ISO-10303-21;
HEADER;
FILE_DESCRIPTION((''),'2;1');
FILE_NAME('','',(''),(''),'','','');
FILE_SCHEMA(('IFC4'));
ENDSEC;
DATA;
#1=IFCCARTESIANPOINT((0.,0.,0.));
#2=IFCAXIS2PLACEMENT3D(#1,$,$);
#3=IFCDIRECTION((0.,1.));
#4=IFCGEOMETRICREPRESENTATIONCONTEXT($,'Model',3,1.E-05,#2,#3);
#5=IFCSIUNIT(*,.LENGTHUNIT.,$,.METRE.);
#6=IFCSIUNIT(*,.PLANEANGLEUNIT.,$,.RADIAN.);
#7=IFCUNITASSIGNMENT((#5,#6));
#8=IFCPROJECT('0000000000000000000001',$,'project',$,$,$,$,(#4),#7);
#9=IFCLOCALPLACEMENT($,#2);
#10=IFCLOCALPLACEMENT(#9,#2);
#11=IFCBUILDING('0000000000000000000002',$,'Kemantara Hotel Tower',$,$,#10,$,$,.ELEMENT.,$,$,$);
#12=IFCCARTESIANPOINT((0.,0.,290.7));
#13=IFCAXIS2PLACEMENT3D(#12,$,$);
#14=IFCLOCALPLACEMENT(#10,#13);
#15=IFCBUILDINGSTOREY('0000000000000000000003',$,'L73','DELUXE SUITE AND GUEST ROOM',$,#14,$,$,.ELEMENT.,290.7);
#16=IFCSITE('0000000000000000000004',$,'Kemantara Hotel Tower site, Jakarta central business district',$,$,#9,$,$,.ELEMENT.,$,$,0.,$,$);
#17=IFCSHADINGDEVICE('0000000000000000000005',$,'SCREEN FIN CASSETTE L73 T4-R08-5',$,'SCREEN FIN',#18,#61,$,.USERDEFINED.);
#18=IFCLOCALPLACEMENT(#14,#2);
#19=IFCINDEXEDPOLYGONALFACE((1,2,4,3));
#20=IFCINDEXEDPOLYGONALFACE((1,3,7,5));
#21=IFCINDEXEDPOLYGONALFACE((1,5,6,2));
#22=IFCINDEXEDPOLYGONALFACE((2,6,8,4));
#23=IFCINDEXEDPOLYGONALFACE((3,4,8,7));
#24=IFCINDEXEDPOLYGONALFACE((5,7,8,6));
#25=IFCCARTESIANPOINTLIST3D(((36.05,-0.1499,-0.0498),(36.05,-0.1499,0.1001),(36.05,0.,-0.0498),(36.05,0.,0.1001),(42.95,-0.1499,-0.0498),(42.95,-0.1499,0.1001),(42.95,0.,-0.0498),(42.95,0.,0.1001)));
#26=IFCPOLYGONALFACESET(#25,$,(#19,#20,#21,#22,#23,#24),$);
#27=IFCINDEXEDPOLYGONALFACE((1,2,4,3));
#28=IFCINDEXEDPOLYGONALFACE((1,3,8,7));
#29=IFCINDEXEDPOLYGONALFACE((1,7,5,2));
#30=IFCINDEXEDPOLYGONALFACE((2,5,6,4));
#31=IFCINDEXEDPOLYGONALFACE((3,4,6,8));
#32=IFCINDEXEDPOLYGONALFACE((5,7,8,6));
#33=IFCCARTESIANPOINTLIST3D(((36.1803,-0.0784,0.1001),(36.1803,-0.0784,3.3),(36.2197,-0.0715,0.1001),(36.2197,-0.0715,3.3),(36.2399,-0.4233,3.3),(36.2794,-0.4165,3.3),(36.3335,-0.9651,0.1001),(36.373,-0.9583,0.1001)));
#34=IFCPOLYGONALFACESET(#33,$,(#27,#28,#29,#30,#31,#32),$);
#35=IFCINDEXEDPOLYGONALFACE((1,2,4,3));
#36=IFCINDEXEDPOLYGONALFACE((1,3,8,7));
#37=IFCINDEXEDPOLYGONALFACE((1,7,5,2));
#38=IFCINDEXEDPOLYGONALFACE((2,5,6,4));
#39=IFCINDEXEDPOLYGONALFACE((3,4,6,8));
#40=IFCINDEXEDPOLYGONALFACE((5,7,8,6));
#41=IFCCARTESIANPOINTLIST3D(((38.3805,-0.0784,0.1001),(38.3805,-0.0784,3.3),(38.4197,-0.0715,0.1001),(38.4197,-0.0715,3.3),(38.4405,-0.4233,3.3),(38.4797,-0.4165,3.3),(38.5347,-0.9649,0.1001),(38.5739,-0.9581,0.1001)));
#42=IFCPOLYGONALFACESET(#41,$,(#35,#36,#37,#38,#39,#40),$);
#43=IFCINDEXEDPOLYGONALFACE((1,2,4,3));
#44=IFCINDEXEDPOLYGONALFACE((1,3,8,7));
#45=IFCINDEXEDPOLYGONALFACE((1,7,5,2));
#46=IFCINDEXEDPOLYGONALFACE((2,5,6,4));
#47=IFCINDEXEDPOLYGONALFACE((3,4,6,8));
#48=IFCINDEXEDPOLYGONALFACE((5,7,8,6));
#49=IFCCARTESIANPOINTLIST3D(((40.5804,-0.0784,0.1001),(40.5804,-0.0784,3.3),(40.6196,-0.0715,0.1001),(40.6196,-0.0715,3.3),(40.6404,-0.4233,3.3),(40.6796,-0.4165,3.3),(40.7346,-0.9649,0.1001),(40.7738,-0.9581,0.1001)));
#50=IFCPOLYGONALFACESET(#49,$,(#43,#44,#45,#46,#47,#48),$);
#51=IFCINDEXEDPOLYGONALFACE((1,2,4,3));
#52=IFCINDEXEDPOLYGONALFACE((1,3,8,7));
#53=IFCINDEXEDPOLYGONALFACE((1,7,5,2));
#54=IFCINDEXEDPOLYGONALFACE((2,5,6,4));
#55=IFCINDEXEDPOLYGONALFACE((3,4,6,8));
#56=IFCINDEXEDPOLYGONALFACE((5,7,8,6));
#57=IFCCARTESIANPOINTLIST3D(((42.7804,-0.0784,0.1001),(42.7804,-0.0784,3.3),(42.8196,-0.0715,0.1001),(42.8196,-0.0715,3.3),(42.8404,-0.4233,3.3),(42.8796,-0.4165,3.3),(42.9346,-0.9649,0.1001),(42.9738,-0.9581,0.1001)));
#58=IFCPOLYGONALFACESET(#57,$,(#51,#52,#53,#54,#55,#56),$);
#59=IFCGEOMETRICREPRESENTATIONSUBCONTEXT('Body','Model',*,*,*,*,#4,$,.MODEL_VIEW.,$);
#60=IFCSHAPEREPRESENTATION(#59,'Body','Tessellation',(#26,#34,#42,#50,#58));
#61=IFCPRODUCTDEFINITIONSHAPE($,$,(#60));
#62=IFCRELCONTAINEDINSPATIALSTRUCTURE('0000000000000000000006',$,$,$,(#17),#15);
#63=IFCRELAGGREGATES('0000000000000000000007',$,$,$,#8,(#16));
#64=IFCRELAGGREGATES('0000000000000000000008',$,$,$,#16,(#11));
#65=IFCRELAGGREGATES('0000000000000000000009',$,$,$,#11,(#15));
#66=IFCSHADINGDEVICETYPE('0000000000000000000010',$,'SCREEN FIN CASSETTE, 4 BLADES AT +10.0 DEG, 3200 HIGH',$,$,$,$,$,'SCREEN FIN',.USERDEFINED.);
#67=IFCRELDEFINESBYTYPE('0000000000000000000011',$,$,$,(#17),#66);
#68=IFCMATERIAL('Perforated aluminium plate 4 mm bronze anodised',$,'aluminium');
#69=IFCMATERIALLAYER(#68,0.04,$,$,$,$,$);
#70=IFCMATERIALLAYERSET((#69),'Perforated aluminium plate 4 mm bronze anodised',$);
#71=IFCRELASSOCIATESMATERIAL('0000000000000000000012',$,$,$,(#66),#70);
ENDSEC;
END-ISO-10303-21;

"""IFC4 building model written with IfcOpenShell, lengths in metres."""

from ifc_helpers import new_model, si_unit, direction, frame, origin, origin_2d, place, context, subcontext, project, spatial, polyline, rectangle, outline, extrude, source, transform, mapped, material, layer, layer_set, type_object, element, save


model = new_model("IFC4")

# Units and contexts
model_context = context("Model", 3, precision=1e-05, world=origin(), true_north=direction((0.0, 1.0)))
body_context = subcontext(model_context, "Body", "Model", "MODEL_VIEW")
ifc_project = project(units=[si_unit("LENGTHUNIT", "METRE"), si_unit("PLANEANGLEUNIT", "RADIAN")], contexts=[model_context])

# Site, building, storey
site_placement = place(None, origin())
site = spatial("IfcSite", under=ifc_project, at=site_placement, Name="Kemantara Hotel Tower site, Jakarta central business district", CompositionType="ELEMENT", RefElevation=0.0)
building_placement = place(site_placement, origin())
building = spatial("IfcBuilding", under=site, at=building_placement, Name="Kemantara Hotel Tower", CompositionType="ELEMENT")
storey_placement = place(building_placement, frame((0.0, 0.0, 290.7)))
storey = spatial("IfcBuildingStorey", under=building, at=storey_placement, Name="L73", Description="DELUXE SUITE AND GUEST ROOM", CompositionType="ELEMENT", Elevation=290.7)

# Shading device
ifc_material_1 = material(Name="Perforated aluminium plate 4 mm bronze anodised", Category="aluminium")
ifc_layer_1 = layer(ifc_material_1, 0.04)
ifc_layer_set_1 = layer_set([ifc_layer_1], Name="Perforated aluminium plate 4 mm bronze anodised")
shading_device_type = type_object("IfcShadingDeviceType", Name="SCREEN FIN CASSETTE, 4 BLADES AT +10.0 DEG, 3200 HIGH", ElementType="SCREEN FIN", PredefinedType="USERDEFINED", material=ifc_layer_set_1)
shared_shape = source(origin(), body_context, "Body", "SweptSolid", [
    extrude(rectangle(XDim=6.8999, YDim=0.1499, at=origin_2d()), frame((3.3, -0.075, -0.1499), z_axis=(0.0, 0.0, 1.0), x_axis=(1.0, 0.0, 0.0)), (0.0, 0.0, 1.0), 0.1499),
    extrude(outline(polyline([(0.0, 0.0), (0.8999, 0.0), (0.3501, 3.2), (0.0, 3.2), (0.0, 0.0)])), frame((0.0198, -0.0715, 0.0), z_axis=(-0.98539, -0.170314, 0.0), x_axis=(0.170314, -0.98539, 0.0)), (0.0, 0.0, 1.0), 0.04),
    extrude(outline(polyline([(0.0, 0.0), (0.8999, 0.0), (0.3501, 3.2), (0.0, 3.2), (0.0, 0.0)])), frame((2.2197, -0.0715, 0.0), z_axis=(-0.985212, -0.171341, 0.0), x_axis=(0.171341, -0.985212, 0.0)), (0.0, 0.0, 1.0), 0.0398),
    extrude(outline(polyline([(0.0, 0.0), (0.8999, 0.0), (0.3501, 3.2), (0.0, 3.2), (0.0, 0.0)])), frame((4.4197, -0.0715, 0.0), z_axis=(-0.985212, -0.171341, 0.0), x_axis=(0.171341, -0.985212, 0.0)), (0.0, 0.0, 1.0), 0.0398),
    extrude(outline(polyline([(0.0, 0.0), (0.8999, 0.0), (0.3501, 3.2), (0.0, 3.2), (0.0, 0.0)])), frame((6.6196, -0.0715, 0.0), z_axis=(-0.985212, -0.171341, 0.0), x_axis=(0.171341, -0.985212, 0.0)), (0.0, 0.0, 1.0), 0.0398),
])
shading_device_placement = place(storey_placement, frame((36.2, 0.0, 0.1001), z_axis=(0.0, 0.0, 1.0), x_axis=(1.0, 0.0, 0.0)))
element("IfcShadingDevice", 1, at=shading_device_placement, inside=storey, type_object=shading_device_type, Name="SCREEN FIN CASSETTE L73 T4-R08-5", ObjectType="SCREEN FIN", PredefinedType="USERDEFINED", context=body_context, shape_type="MappedRepresentation", body=[
    mapped(shared_shape, transform((0.0, 0.0, 0.0))),
])

save(model, "model.ifc")
